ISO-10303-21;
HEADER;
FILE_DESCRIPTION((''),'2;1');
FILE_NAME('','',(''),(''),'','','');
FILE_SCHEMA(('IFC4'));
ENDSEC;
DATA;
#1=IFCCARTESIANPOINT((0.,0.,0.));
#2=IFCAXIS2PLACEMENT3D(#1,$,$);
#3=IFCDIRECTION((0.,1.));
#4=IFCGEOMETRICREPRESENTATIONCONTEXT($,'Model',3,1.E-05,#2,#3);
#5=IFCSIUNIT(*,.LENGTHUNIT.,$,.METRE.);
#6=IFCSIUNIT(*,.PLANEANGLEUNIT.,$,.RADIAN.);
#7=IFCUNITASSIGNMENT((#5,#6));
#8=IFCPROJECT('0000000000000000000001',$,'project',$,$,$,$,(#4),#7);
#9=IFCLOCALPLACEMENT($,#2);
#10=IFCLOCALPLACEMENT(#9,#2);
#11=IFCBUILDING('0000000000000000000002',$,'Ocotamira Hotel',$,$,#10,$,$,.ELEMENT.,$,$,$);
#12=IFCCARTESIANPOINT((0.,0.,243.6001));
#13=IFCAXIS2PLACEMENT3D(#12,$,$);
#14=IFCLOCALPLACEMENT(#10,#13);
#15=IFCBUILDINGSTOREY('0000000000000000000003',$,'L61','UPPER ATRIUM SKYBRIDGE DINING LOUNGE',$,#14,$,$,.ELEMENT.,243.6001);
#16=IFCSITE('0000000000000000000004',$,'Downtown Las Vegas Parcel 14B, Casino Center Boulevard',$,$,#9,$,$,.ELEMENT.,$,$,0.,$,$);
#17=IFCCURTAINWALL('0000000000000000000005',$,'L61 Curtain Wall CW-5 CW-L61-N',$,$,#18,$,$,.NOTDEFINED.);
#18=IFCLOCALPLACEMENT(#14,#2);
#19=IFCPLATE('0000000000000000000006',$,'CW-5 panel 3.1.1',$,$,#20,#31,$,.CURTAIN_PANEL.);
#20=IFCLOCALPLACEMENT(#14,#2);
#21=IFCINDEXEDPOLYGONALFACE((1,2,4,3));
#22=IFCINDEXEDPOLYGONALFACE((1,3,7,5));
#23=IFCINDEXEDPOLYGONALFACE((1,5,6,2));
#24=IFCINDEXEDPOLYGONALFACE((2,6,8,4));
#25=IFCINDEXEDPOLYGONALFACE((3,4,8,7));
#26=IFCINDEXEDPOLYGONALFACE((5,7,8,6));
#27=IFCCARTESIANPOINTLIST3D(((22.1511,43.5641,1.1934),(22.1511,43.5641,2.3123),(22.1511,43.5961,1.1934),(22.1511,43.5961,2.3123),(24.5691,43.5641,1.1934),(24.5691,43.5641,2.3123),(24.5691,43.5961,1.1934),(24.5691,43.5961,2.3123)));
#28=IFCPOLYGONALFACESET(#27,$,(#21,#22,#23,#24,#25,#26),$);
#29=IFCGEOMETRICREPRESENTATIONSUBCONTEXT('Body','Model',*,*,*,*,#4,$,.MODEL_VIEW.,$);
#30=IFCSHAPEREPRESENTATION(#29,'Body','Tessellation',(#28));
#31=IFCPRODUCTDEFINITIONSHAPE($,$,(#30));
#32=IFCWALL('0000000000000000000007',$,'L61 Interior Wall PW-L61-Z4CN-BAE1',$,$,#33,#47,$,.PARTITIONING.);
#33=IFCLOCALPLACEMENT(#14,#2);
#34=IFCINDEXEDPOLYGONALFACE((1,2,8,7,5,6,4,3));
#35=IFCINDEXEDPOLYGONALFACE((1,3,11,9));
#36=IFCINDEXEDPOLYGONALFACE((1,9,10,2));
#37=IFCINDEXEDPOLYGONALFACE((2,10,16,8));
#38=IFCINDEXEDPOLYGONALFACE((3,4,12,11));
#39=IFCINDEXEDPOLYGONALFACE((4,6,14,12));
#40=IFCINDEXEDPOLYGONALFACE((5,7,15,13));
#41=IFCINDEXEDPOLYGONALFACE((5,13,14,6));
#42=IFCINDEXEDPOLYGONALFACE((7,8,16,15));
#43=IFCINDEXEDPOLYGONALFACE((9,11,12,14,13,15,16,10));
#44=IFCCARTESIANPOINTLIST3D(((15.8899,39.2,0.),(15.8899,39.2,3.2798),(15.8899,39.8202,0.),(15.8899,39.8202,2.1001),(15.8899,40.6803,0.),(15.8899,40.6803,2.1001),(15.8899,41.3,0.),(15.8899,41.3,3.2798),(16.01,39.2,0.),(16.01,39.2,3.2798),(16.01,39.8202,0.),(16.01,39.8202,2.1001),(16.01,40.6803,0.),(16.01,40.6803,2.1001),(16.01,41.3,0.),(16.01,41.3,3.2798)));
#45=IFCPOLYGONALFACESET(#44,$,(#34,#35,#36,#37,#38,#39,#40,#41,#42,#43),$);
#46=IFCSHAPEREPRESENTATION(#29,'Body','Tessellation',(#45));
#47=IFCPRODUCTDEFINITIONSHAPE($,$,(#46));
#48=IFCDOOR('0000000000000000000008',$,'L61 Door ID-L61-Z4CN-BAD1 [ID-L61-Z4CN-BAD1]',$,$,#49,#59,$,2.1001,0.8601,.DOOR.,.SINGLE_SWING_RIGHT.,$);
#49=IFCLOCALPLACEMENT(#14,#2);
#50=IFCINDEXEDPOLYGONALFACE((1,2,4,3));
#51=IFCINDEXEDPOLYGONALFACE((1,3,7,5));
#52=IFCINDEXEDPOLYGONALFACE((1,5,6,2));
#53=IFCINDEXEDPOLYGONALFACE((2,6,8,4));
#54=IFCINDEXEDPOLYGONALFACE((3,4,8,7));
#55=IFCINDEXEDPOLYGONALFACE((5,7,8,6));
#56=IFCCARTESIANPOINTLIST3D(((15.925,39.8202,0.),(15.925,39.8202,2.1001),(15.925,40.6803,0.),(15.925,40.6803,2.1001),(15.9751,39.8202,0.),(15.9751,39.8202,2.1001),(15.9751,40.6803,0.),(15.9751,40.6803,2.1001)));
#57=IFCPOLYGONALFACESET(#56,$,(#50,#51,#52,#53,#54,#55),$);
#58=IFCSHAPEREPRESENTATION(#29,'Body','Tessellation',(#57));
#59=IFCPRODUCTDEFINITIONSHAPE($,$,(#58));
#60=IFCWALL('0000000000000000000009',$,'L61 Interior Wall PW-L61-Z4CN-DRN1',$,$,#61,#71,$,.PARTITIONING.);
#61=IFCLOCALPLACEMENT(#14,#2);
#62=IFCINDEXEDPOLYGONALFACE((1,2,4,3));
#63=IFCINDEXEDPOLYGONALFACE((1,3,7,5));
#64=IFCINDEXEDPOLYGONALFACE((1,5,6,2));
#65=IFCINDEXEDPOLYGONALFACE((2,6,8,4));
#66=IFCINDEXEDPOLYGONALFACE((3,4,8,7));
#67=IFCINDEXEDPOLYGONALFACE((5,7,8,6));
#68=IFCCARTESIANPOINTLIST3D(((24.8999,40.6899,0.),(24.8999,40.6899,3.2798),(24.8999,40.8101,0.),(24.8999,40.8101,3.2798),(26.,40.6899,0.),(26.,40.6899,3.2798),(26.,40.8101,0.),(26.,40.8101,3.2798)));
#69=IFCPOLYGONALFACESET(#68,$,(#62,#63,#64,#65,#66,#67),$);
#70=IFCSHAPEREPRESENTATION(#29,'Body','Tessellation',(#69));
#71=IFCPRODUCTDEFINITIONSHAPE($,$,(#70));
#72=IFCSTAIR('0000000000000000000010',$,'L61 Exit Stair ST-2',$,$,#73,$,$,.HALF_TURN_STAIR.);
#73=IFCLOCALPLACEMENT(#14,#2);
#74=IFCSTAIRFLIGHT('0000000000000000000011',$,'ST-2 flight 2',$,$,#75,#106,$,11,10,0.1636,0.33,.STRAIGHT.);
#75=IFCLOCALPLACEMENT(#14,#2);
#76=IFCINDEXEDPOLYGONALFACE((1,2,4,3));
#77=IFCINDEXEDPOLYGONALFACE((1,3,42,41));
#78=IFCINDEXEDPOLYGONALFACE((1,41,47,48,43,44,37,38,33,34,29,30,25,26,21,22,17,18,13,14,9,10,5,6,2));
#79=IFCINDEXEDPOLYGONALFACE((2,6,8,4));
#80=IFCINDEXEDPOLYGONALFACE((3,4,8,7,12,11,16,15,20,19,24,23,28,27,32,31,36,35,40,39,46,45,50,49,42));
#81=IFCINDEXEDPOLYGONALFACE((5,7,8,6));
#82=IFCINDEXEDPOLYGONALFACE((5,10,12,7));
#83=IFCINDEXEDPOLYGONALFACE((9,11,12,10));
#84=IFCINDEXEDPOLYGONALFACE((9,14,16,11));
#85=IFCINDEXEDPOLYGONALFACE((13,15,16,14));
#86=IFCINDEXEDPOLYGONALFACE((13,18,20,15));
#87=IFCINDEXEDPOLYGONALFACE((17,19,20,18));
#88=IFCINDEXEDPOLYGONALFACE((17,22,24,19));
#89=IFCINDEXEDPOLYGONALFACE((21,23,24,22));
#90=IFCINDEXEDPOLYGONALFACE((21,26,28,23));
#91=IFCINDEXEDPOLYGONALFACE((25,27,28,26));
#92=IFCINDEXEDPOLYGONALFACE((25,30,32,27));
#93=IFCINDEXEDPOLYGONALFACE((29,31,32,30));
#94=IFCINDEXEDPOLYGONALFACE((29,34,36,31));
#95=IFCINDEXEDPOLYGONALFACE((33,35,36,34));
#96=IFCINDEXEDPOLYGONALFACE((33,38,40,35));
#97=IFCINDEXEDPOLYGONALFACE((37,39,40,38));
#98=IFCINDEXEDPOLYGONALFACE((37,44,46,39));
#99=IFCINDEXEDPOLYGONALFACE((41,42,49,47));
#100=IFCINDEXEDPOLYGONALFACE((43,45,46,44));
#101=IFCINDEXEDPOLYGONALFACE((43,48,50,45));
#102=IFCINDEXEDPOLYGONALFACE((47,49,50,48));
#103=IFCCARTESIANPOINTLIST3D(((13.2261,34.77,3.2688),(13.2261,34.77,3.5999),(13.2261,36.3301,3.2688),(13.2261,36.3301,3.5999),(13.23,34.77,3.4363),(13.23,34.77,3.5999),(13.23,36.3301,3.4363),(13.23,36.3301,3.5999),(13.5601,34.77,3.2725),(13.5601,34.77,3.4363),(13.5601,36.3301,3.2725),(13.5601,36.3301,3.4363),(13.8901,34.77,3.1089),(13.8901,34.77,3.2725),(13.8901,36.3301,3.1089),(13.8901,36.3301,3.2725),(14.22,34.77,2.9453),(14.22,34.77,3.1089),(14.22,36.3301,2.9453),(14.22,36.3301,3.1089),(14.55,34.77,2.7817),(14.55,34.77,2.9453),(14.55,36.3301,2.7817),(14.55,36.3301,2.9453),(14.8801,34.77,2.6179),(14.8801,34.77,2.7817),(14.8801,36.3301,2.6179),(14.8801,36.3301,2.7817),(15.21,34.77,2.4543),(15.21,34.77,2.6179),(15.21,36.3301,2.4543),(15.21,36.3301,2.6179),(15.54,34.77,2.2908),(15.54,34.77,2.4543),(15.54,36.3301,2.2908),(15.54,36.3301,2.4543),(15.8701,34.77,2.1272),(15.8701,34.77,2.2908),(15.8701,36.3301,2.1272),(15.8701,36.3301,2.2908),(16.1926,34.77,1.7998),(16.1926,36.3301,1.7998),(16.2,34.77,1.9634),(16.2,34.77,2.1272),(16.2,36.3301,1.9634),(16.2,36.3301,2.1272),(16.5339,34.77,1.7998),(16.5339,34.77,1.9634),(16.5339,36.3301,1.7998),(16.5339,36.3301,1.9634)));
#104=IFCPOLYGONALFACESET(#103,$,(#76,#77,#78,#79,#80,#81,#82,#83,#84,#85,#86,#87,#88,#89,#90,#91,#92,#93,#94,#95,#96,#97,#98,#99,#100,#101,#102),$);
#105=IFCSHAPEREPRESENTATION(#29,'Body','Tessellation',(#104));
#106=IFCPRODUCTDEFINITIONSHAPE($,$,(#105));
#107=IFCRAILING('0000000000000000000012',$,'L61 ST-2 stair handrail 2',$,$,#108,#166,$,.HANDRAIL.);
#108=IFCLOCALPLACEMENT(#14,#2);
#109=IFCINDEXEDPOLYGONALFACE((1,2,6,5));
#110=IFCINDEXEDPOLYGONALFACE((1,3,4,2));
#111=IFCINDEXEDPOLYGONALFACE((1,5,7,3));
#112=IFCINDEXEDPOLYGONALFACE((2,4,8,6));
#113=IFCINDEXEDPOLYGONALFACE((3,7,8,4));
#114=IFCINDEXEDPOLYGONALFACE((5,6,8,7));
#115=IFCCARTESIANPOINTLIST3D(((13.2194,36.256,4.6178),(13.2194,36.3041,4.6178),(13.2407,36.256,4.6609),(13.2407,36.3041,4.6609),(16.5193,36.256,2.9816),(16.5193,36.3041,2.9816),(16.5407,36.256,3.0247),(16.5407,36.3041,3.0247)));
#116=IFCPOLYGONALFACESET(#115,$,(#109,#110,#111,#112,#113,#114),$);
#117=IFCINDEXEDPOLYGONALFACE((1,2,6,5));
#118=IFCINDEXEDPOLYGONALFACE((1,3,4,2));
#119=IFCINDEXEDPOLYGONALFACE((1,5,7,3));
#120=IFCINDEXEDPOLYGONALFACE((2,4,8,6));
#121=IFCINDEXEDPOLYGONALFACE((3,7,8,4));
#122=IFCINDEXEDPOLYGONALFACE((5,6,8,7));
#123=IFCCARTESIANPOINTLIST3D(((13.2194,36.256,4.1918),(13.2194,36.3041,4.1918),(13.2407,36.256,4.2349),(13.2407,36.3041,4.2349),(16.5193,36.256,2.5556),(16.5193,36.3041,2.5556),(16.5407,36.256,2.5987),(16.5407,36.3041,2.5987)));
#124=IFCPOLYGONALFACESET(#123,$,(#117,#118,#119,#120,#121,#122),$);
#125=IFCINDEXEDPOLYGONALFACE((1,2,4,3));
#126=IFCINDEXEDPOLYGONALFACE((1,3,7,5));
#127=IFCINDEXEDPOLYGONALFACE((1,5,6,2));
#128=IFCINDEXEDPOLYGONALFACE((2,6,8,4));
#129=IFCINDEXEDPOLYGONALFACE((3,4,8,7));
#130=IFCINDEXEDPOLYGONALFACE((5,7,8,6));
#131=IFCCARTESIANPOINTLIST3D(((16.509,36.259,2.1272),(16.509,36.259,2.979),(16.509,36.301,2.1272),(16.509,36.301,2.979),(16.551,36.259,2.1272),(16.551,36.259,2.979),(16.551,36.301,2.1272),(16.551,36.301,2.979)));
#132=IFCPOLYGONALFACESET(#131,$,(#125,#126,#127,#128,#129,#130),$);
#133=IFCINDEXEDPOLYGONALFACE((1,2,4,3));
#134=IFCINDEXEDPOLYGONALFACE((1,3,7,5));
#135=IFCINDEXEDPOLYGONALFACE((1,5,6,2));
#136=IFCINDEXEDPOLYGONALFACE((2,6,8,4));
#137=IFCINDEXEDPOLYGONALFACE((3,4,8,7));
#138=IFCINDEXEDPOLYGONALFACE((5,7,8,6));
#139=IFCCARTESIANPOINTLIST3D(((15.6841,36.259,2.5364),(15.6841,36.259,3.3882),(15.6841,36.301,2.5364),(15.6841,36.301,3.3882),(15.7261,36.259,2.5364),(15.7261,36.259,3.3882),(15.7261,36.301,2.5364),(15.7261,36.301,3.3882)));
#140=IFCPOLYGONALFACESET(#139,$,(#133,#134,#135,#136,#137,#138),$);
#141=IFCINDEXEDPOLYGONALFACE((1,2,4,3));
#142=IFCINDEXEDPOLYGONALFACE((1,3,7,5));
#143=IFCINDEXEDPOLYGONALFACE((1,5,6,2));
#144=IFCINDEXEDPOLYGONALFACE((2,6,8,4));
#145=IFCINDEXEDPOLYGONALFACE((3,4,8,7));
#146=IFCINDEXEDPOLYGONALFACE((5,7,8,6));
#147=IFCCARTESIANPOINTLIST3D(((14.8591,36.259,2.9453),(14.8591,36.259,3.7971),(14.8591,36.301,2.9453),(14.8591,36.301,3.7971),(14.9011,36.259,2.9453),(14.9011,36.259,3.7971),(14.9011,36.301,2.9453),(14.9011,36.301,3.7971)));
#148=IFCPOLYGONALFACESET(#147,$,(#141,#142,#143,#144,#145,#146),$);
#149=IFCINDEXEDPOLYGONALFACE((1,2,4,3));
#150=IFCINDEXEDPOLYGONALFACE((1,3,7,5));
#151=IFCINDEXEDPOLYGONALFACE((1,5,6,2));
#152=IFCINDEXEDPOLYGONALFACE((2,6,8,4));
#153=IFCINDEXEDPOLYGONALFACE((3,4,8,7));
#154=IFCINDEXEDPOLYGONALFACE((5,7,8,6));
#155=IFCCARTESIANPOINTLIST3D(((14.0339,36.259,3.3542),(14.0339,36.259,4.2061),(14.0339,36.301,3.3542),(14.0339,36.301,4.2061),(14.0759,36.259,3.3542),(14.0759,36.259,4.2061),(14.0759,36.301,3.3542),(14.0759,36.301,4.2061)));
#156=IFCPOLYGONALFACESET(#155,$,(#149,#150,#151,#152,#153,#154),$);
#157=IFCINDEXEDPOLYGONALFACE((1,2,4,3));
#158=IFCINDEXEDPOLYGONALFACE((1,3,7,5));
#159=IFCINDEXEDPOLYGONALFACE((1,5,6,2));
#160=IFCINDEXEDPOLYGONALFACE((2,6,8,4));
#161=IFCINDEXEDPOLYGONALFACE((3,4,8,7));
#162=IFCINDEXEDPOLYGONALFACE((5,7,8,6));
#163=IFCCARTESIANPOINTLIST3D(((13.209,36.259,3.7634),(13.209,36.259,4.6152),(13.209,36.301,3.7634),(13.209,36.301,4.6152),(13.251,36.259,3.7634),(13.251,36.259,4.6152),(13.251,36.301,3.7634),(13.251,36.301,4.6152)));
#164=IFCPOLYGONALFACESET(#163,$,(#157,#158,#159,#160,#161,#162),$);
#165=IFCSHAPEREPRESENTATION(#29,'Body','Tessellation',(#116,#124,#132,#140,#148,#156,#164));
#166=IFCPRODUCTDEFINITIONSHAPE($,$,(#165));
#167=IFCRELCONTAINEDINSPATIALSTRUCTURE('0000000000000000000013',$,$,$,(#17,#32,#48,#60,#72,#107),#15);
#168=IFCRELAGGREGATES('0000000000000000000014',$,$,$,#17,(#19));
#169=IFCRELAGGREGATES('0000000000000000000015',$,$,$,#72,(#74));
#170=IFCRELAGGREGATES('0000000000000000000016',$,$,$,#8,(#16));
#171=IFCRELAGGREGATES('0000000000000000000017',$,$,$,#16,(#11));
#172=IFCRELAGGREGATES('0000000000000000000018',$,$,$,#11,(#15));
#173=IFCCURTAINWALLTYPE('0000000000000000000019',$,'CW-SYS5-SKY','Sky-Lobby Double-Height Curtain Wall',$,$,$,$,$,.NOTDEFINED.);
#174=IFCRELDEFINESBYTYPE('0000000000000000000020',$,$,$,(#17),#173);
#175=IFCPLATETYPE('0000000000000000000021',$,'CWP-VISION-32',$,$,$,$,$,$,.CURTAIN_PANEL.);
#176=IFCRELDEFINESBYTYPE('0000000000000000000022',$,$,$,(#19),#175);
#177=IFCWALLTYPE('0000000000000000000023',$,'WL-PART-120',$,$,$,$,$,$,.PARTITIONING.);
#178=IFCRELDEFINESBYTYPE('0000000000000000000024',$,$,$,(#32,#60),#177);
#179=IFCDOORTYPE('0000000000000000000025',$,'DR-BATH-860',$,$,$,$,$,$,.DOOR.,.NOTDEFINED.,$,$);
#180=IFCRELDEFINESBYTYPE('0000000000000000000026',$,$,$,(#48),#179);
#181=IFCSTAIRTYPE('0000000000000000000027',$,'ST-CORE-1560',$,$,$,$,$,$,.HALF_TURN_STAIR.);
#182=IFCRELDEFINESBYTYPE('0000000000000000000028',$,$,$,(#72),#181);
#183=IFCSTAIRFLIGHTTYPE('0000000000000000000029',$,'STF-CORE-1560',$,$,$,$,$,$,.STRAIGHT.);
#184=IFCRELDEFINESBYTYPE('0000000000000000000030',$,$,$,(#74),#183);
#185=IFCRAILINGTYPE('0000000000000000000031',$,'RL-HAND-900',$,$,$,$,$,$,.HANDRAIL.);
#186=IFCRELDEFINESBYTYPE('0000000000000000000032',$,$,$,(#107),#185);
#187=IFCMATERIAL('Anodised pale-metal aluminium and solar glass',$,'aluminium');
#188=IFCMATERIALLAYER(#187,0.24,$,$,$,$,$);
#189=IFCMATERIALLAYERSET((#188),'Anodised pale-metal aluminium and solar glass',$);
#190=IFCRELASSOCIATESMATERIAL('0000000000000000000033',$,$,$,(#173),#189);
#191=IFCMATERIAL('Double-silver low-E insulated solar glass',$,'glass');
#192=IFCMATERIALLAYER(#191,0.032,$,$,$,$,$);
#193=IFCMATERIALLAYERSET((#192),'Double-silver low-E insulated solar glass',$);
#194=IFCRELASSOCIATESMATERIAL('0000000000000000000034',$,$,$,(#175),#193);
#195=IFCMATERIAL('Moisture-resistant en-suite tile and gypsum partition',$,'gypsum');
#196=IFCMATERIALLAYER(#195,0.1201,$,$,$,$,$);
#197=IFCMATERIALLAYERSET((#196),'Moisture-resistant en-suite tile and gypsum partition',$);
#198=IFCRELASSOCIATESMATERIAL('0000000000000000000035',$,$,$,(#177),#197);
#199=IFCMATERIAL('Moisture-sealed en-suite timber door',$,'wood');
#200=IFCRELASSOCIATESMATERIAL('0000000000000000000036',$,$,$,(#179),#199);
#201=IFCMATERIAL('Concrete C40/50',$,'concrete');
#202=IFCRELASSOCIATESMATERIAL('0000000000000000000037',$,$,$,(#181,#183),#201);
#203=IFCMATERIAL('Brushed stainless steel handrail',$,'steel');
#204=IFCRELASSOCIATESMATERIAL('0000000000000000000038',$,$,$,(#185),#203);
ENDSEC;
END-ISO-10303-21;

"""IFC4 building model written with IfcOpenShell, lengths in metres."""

from ifc_helpers import new_model, si_unit, direction, frame, frame_2d, origin, origin_2d, place, context, subcontext, project, spatial, polyline, rectangle, outline, extrude, source, transform, mapped, material, layer, layer_set, type_object, element, fill, aggregate, save


model = new_model("IFC4")

# Units and contexts
model_context = context("Model", 3, precision=1e-05, world=origin(), true_north=direction((0.0, 1.0)))
body_context = subcontext(model_context, "Body", "Model", "MODEL_VIEW")
ifc_project = project(units=[si_unit("LENGTHUNIT", "METRE"), si_unit("PLANEANGLEUNIT", "RADIAN")], contexts=[model_context])

# Site, building, storey
site_placement = place(None, origin())
site = spatial("IfcSite", under=ifc_project, at=site_placement, Name="Downtown Las Vegas Parcel 14B, Casino Center Boulevard", CompositionType="ELEMENT", RefElevation=0.0)
building_placement = place(site_placement, origin())
building = spatial("IfcBuilding", under=site, at=building_placement, Name="Ocotamira Hotel", CompositionType="ELEMENT")
storey_placement = place(building_placement, frame((0.0, 0.0, 243.6001)))
storey = spatial("IfcBuildingStorey", under=building, at=storey_placement, Name="L61", Description="UPPER ATRIUM SKYBRIDGE DINING LOUNGE", CompositionType="ELEMENT", Elevation=243.6001)

# Curtain wall
ifc_material_1 = material(Name="Anodised pale-metal aluminium and solar glass", Category="aluminium")
ifc_layer_1 = layer(ifc_material_1, 0.24)
ifc_layer_set_1 = layer_set([ifc_layer_1], Name="Anodised pale-metal aluminium and solar glass")
curtain_wall_type = type_object("IfcCurtainWallType", Name="CW-SYS5-SKY", Description="Sky-Lobby Double-Height Curtain Wall", PredefinedType="NOTDEFINED", material=ifc_layer_set_1)
curtain_wall_placement = place(storey_placement, origin())
curtain_wall = element("IfcCurtainWall", 1, at=curtain_wall_placement, inside=storey, type_object=curtain_wall_type, Name="L61 Curtain Wall CW-5 CW-L61-N", PredefinedType="NOTDEFINED")

# Plate
ifc_material_2 = material(Name="Double-silver low-E insulated solar glass", Category="glass")
ifc_layer_2 = layer(ifc_material_2, 0.032)
ifc_layer_set_2 = layer_set([ifc_layer_2], Name="Double-silver low-E insulated solar glass")
plate_type_1 = type_object("IfcPlateType", Name="CWP-VISION-32", PredefinedType="CURTAIN_PANEL", material=ifc_layer_set_2)
shared_shape_1 = source(origin(), body_context, "Body", "SweptSolid", [
    extrude(rectangle(XDim=2.418, YDim=0.032, at=origin_2d()), origin(), (0.0, 0.0, 1.0), 1.1189),
])
plate_1_placement = place(storey_placement, frame((23.3601, 43.5801, 1.1934), z_axis=(0.0, 0.0, 1.0), x_axis=(1.0, 0.0, 0.0)))
plate_1 = element("IfcPlate", 2, at=plate_1_placement, type_object=plate_type_1, Name="CW-5 panel 3.1.1", PredefinedType="CURTAIN_PANEL", context=body_context, shape_type="MappedRepresentation", body=[
    mapped(shared_shape_1, transform((0.0, 0.0, 0.0), scale=1.0)),
])
aggregate(curtain_wall, [plate_1])

# Wall, opening, door
ifc_material_3 = material(Name="Moisture-resistant en-suite tile and gypsum partition", Category="gypsum")
ifc_layer_3 = layer(ifc_material_3, 0.1201)
ifc_layer_set_3 = layer_set([ifc_layer_3], Name="Moisture-resistant en-suite tile and gypsum partition")
wall_type = type_object("IfcWallType", Name="WL-PART-120", PredefinedType="PARTITIONING", material=ifc_layer_set_3)
wall_1_placement = place(storey_placement, frame((15.95, 39.2, 0.0), z_axis=(0.0, 0.0, 1.0), x_axis=(0.0, 1.0, 0.0)))
wall_1 = element("IfcWall", 3, at=wall_1_placement, inside=storey, type_object=wall_type, Name="L61 Interior Wall PW-L61-Z4CN-BAE1", PredefinedType="PARTITIONING", context=body_context, shape_type="SweptSolid", body=[
    extrude(rectangle(XDim=2.1001, YDim=0.1201, at=frame_2d((1.05, 0.0))), origin(), (0.0, 0.0, 1.0), 3.2798),
])
opening_placement = place(wall_1_placement, frame((0.6201, 0.0, 0.0)))
opening = element("IfcOpeningElement", 4, at=opening_placement, cuts=wall_1, PredefinedType="OPENING", context=body_context, shape_type="SweptSolid", body=[
    extrude(rectangle(XDim=0.8601, YDim=2.1001, at=frame_2d((0.4302, 1.05))), frame((0.0, 0.0701, 0.0), z_axis=(0.0, -1.0, 0.0), x_axis=(1.0, 0.0, 0.0)), (0.0, 0.0, 1.0), 0.1401),
])
ifc_material_4 = material(Name="Moisture-sealed en-suite timber door", Category="wood")
door_type = type_object("IfcDoorType", Name="DR-BATH-860", OperationType="NOTDEFINED", PredefinedType="DOOR", material=ifc_material_4)
shared_shape_2 = source(origin(), body_context, "Body", "SweptSolid", [
    extrude(rectangle(XDim=0.8601, YDim=2.1001, at=frame_2d((0.4302, 1.05))), frame((0.0, 0.0249, 0.0), z_axis=(0.0, -1.0, 0.0), x_axis=(1.0, 0.0, 0.0)), (0.0, 0.0, 1.0), 0.05),
])
door_placement = place(opening_placement, origin())
door = element("IfcDoor", 5, at=door_placement, inside=storey, type_object=door_type, Name="L61 Door ID-L61-Z4CN-BAD1 [ID-L61-Z4CN-BAD1]", OperationType="SINGLE_SWING_RIGHT", OverallHeight=2.1001, OverallWidth=0.8601, PredefinedType="DOOR", context=body_context, shape_type="MappedRepresentation", body=[
    mapped(shared_shape_2, transform((0.0, 0.0, 0.0), scale=1.0)),
])
fill(opening, door)

# Wall
wall_2_placement = place(storey_placement, frame((24.8999, 40.75, 0.0), z_axis=(0.0, 0.0, 1.0), x_axis=(1.0, 0.0, 0.0)))
element("IfcWall", 6, at=wall_2_placement, inside=storey, type_object=wall_type, Name="L61 Interior Wall PW-L61-Z4CN-DRN1", PredefinedType="PARTITIONING", context=body_context, shape_type="SweptSolid", body=[
    extrude(rectangle(XDim=1.1001, YDim=0.1201, at=frame_2d((0.55, 0.0))), origin(), (0.0, 0.0, 1.0), 3.2798),
])

# Stair, stair flight
ifc_material_5 = material(Name="Concrete C40/50", Category="concrete")
stair_type = type_object("IfcStairType", Name="ST-CORE-1560", PredefinedType="HALF_TURN_STAIR", material=ifc_material_5)
stair_placement = place(storey_placement, origin())
stair = element("IfcStair", 7, at=stair_placement, inside=storey, type_object=stair_type, Name="L61 Exit Stair ST-2", PredefinedType="HALF_TURN_STAIR")
stair_flight_type = type_object("IfcStairFlightType", Name="STF-CORE-1560", PredefinedType="STRAIGHT", material=ifc_material_5)
shared_shape_3 = source(origin(), body_context, "Body", "SweptSolid", [
    extrude(outline(polyline([(-0.0039, 0.0), (-0.0039, 0.1636), (0.3301, 0.1636), (0.3301, 0.3274), (0.6599, 0.3274), (0.6599, 0.491), (0.99, 0.491), (0.99, 0.6545), (1.3201, 0.6545), (1.3201, 0.8181), (1.6499, 0.8181), (1.6499, 0.9819), (1.98, 0.9819), (1.98, 1.1455), (2.3101, 1.1455), (2.3101, 1.3091), (2.6399, 1.3091), (2.6399, 1.4727), (2.97, 1.4727), (2.97, 1.6365), (3.3, 1.6365), (3.3, 1.8), (3.304, 1.8), (3.304, 1.469), (0.3374, 0.0), (-0.0039, 0.0)])), frame((0.0, 0.78, 0.0), z_axis=(0.0, -1.0, 0.0), x_axis=(1.0, 0.0, 0.0)), (0.0, 0.0, 1.0), 1.5601),
])
stair_flight_placement = place(storey_placement, frame((16.53, 35.55, 1.7998), z_axis=(0.0, 0.0, 1.0), x_axis=(-1.0, 0.0, 0.0)))
stair_flight = element("IfcStairFlight", 8, at=stair_flight_placement, type_object=stair_flight_type, Name="ST-2 flight 2", NumberOfRisers=11, NumberOfTreads=10, PredefinedType="STRAIGHT", RiserHeight=0.1636, TreadLength=0.33, context=body_context, shape_type="MappedRepresentation", body=[
    mapped(shared_shape_3, transform((0.0, 0.0, 0.0), scale=1.0)),
])
aggregate(stair, [stair_flight])

# Railing
ifc_material_6 = material(Name="Brushed stainless steel handrail", Category="steel")
railing_type = type_object("IfcRailingType", Name="RL-HAND-900", PredefinedType="HANDRAIL", material=ifc_material_6)
railing_placement = place(storey_placement, frame((16.53, 36.28, 2.1272)))
element("IfcRailing", 9, at=railing_placement, inside=storey, type_object=railing_type, Name="L61 ST-2 stair handrail 2", PredefinedType="HANDRAIL", context=body_context, shape_type="SweptSolid", body=[
    extrude(rectangle(XDim=0.0481, YDim=0.0481, at=origin_2d()), frame((0.0, 0.0, 0.876), z_axis=(-0.89592, 0.0, 0.444215), x_axis=(0.0, -1.0, 0.0)), (0.0, 0.0, 1.0), 3.6833),
    extrude(rectangle(XDim=0.0481, YDim=0.0481, at=origin_2d()), frame((0.0, 0.0, 0.45), z_axis=(-0.89592, 0.0, 0.444215), x_axis=(0.0, -1.0, 0.0)), (0.0, 0.0, 1.0), 3.6833),
    extrude(rectangle(XDim=0.042, YDim=0.042, at=origin_2d()), origin(), (0.0, 0.0, 1.0), 0.8518),
    extrude(rectangle(XDim=0.042, YDim=0.042, at=origin_2d()), frame((-0.825, 0.0, 0.4092)), (0.0, 0.0, 1.0), 0.8518),
    extrude(rectangle(XDim=0.042, YDim=0.042, at=origin_2d()), frame((-1.6499, 0.0, 0.8181)), (0.0, 0.0, 1.0), 0.8518),
    extrude(rectangle(XDim=0.042, YDim=0.042, at=origin_2d()), frame((-2.4751, 0.0, 1.2271)), (0.0, 0.0, 1.0), 0.8518),
    extrude(rectangle(XDim=0.042, YDim=0.042, at=origin_2d()), frame((-3.3, 0.0, 1.6362)), (0.0, 0.0, 1.0), 0.8518),
])

save(model, "model.ifc")
